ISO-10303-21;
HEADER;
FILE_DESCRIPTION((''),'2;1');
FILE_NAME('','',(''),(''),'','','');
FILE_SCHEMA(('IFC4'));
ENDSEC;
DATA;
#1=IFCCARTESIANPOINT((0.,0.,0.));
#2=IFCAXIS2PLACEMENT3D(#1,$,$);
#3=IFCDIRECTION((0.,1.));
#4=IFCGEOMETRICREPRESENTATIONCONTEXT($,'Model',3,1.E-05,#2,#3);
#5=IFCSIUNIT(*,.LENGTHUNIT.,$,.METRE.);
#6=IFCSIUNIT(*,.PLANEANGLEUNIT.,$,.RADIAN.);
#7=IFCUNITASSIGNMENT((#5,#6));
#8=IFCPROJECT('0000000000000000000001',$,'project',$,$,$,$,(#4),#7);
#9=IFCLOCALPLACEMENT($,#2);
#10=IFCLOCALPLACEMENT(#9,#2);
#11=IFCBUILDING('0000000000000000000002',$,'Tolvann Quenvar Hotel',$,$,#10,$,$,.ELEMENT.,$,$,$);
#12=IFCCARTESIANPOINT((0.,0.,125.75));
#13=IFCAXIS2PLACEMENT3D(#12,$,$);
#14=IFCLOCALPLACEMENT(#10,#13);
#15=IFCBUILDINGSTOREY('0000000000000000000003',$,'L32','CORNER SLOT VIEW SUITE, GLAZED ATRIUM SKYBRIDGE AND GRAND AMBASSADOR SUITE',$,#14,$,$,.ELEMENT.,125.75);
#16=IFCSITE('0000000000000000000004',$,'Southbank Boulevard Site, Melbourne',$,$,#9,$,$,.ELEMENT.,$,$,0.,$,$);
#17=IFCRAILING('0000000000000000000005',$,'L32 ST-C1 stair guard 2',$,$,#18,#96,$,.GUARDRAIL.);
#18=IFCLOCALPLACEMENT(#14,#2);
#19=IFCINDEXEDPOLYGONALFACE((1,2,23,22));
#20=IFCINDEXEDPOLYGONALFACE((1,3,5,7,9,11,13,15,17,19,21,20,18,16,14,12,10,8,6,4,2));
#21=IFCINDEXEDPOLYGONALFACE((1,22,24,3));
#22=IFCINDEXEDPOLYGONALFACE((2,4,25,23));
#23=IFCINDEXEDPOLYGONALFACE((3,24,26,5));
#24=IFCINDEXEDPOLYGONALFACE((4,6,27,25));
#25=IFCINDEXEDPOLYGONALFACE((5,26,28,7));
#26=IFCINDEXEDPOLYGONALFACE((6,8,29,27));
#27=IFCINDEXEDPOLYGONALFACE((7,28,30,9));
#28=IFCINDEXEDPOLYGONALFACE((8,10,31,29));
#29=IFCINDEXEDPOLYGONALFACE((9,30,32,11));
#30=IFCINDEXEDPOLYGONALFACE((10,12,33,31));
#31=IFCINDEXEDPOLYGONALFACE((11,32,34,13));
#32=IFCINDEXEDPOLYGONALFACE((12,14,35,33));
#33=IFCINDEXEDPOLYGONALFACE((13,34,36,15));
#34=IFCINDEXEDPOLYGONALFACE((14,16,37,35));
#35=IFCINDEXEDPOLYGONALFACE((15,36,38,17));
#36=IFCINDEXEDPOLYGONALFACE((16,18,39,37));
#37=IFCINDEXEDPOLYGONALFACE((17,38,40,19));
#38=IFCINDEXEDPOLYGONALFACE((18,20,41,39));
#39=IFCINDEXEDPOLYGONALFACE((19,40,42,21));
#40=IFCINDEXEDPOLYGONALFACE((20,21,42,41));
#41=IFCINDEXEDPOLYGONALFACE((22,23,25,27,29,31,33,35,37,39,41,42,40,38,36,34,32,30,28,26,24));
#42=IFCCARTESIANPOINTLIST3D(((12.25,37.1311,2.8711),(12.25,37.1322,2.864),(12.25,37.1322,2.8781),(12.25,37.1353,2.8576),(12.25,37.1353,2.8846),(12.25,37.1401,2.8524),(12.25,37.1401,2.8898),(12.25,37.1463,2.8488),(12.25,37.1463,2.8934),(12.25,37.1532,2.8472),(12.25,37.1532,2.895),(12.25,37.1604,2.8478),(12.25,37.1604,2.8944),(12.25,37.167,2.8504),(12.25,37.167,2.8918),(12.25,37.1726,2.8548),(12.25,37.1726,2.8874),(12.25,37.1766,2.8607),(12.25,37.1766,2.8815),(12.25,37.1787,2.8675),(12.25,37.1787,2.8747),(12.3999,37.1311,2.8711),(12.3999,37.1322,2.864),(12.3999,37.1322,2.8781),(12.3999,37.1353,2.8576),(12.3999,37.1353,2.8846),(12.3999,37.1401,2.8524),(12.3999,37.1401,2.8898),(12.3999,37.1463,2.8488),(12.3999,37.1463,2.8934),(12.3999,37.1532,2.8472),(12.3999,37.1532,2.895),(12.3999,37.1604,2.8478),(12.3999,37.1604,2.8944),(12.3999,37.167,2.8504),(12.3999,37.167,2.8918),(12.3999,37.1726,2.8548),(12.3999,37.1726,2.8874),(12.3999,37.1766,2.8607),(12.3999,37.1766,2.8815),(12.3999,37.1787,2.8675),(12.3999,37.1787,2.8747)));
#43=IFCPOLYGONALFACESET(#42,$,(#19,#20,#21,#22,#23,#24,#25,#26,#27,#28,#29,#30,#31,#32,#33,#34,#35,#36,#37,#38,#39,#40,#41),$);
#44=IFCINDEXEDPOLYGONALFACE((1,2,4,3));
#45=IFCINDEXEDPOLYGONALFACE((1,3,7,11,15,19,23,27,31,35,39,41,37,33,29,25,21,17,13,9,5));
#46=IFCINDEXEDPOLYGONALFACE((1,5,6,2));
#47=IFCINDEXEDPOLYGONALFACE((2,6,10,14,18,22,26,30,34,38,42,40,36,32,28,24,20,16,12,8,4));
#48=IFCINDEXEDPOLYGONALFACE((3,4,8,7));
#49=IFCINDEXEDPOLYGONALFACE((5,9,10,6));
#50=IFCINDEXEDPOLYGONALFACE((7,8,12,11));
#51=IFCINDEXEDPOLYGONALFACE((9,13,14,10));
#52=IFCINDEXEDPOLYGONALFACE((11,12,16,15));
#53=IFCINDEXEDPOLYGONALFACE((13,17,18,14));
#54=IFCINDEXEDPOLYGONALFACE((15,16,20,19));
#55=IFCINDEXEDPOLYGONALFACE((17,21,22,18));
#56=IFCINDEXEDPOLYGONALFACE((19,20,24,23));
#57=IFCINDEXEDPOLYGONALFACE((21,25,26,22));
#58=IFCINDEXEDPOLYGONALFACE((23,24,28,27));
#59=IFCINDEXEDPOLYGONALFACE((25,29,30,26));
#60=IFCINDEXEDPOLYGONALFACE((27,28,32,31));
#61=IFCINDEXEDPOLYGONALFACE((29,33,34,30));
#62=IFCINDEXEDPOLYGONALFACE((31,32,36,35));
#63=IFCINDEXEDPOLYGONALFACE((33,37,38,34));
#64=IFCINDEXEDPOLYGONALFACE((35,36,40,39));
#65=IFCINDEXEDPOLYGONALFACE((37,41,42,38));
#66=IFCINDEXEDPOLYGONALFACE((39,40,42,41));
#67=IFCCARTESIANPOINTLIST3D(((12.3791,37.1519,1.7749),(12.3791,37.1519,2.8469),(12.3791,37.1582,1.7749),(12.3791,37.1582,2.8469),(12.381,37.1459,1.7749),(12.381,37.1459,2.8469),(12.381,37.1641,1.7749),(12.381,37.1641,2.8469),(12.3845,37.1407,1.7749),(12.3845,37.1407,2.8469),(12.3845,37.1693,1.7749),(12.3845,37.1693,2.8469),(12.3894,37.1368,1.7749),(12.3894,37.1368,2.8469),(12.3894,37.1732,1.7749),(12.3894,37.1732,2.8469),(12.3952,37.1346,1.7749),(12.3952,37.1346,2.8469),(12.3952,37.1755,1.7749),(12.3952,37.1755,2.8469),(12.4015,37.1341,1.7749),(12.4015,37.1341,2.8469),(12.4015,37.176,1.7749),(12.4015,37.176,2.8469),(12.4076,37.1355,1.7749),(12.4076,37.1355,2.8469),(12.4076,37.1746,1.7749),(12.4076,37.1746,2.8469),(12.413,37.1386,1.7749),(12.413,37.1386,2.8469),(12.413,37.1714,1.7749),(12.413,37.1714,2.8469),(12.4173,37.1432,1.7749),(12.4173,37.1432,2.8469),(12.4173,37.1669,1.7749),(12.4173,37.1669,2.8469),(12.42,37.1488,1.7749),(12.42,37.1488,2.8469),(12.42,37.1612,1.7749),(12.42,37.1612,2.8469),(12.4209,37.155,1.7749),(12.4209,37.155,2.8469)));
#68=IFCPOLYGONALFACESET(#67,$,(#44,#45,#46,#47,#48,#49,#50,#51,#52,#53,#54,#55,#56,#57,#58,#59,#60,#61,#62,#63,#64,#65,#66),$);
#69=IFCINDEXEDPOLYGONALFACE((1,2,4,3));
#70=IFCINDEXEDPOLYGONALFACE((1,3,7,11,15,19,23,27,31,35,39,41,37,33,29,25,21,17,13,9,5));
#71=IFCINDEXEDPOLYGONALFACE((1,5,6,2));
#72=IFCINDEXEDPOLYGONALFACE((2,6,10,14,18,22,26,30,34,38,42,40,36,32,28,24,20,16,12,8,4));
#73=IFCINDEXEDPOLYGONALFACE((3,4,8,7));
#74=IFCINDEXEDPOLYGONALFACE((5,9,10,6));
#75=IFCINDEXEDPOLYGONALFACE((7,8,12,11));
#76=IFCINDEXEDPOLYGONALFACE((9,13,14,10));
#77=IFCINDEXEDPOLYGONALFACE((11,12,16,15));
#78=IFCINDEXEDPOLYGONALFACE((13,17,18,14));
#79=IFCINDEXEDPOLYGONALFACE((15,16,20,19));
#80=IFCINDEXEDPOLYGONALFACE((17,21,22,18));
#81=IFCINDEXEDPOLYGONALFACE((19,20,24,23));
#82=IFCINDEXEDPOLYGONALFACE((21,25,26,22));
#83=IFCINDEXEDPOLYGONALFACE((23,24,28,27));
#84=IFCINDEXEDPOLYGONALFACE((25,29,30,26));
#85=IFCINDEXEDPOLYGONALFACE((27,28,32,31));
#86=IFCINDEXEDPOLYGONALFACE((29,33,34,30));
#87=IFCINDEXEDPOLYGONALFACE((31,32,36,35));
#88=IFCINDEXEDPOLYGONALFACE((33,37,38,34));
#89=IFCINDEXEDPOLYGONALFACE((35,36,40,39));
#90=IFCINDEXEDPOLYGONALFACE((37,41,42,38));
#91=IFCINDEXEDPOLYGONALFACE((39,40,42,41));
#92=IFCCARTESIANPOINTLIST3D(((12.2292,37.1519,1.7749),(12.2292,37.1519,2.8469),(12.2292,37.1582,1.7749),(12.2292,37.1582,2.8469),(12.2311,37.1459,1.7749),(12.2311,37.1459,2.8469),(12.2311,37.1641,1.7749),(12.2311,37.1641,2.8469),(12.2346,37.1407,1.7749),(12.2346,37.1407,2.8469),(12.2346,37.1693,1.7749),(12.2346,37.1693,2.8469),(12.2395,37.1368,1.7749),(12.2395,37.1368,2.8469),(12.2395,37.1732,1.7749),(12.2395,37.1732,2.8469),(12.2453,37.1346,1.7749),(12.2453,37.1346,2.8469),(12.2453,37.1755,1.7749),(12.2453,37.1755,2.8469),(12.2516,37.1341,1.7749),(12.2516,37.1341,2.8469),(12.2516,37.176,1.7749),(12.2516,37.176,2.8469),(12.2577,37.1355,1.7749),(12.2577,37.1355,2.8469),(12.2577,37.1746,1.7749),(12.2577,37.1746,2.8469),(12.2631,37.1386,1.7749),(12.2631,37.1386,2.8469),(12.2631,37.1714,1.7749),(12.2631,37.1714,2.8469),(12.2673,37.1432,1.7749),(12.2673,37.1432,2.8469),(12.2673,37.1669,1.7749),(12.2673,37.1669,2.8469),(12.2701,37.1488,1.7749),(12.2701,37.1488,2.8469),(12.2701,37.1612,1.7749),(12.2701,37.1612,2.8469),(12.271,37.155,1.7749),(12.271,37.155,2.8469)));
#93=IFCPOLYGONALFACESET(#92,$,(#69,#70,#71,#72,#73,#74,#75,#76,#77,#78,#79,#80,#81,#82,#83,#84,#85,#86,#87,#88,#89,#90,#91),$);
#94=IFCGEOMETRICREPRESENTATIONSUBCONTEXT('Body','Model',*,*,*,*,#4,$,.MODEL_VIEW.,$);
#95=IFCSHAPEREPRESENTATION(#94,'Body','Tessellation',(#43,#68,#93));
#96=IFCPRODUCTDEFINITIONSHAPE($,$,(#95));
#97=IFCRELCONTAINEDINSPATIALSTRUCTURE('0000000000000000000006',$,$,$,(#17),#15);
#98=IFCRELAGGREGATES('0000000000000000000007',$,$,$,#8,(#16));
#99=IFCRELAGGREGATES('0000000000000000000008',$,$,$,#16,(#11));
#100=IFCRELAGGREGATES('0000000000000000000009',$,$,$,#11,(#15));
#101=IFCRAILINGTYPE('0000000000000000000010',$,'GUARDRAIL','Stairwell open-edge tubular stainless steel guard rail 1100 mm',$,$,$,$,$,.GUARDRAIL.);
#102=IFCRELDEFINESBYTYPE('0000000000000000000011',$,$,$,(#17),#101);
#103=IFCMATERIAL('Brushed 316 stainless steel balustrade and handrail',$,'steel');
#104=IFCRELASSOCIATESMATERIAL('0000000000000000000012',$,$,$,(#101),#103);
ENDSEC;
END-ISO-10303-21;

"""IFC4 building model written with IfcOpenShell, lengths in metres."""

from ifc_helpers import new_model, si_unit, direction, frame, origin, origin_2d, place, context, subcontext, project, spatial, circle, extrude, material, type_object, element, save


model = new_model("IFC4")

# Units and contexts
model_context = context("Model", 3, precision=1e-05, world=origin(), true_north=direction((0.0, 1.0)))
body_context = subcontext(model_context, "Body", "Model", "MODEL_VIEW")
ifc_project = project(units=[si_unit("LENGTHUNIT", "METRE"), si_unit("PLANEANGLEUNIT", "RADIAN")], contexts=[model_context])

# Site, building, storey
site_placement = place(None, origin())
site = spatial("IfcSite", under=ifc_project, at=site_placement, Name="Southbank Boulevard Site, Melbourne", CompositionType="ELEMENT", RefElevation=0.0)
building_placement = place(site_placement, origin())
building = spatial("IfcBuilding", under=site, at=building_placement, Name="Tolvann Quenvar Hotel", CompositionType="ELEMENT")
storey_placement = place(building_placement, frame((0.0, 0.0, 125.75)))
storey = spatial("IfcBuildingStorey", under=building, at=storey_placement, Name="L32", Description="CORNER SLOT VIEW SUITE, GLAZED ATRIUM SKYBRIDGE AND GRAND AMBASSADOR SUITE", CompositionType="ELEMENT", Elevation=125.75)

# Railing
ifc_material_1 = material(Name="Brushed 316 stainless steel balustrade and handrail", Category="steel")
railing_type_1 = type_object("IfcRailingType", Name="GUARDRAIL", Description="Stairwell open-edge tubular stainless steel guard rail 1100 mm", PredefinedType="GUARDRAIL", material=ifc_material_1)
railing_1_placement = place(storey_placement, frame((12.3999, 37.155, 1.7749)))
element("IfcRailing", 1, at=railing_1_placement, inside=storey, type_object=railing_type_1, Name="L32 ST-C1 stair guard 2", PredefinedType="GUARDRAIL", context=body_context, shape_type="SweptSolid", body=[
    extrude(circle(Radius=0.0239, at=origin_2d()), frame((0.0, 0.0, 1.0962), z_axis=(-1.0, 0.0, 0.0), x_axis=(0.0, -1.0, 0.0)), (0.0, 0.0, 1.0), 0.1499),
    extrude(circle(Radius=0.021, at=origin_2d()), origin(), (0.0, 0.0, 1.0), 1.072),
    extrude(circle(Radius=0.021, at=origin_2d()), frame((-0.1499, 0.0, 0.0)), (0.0, 0.0, 1.0), 1.072),
])

save(model, "model.ifc")
